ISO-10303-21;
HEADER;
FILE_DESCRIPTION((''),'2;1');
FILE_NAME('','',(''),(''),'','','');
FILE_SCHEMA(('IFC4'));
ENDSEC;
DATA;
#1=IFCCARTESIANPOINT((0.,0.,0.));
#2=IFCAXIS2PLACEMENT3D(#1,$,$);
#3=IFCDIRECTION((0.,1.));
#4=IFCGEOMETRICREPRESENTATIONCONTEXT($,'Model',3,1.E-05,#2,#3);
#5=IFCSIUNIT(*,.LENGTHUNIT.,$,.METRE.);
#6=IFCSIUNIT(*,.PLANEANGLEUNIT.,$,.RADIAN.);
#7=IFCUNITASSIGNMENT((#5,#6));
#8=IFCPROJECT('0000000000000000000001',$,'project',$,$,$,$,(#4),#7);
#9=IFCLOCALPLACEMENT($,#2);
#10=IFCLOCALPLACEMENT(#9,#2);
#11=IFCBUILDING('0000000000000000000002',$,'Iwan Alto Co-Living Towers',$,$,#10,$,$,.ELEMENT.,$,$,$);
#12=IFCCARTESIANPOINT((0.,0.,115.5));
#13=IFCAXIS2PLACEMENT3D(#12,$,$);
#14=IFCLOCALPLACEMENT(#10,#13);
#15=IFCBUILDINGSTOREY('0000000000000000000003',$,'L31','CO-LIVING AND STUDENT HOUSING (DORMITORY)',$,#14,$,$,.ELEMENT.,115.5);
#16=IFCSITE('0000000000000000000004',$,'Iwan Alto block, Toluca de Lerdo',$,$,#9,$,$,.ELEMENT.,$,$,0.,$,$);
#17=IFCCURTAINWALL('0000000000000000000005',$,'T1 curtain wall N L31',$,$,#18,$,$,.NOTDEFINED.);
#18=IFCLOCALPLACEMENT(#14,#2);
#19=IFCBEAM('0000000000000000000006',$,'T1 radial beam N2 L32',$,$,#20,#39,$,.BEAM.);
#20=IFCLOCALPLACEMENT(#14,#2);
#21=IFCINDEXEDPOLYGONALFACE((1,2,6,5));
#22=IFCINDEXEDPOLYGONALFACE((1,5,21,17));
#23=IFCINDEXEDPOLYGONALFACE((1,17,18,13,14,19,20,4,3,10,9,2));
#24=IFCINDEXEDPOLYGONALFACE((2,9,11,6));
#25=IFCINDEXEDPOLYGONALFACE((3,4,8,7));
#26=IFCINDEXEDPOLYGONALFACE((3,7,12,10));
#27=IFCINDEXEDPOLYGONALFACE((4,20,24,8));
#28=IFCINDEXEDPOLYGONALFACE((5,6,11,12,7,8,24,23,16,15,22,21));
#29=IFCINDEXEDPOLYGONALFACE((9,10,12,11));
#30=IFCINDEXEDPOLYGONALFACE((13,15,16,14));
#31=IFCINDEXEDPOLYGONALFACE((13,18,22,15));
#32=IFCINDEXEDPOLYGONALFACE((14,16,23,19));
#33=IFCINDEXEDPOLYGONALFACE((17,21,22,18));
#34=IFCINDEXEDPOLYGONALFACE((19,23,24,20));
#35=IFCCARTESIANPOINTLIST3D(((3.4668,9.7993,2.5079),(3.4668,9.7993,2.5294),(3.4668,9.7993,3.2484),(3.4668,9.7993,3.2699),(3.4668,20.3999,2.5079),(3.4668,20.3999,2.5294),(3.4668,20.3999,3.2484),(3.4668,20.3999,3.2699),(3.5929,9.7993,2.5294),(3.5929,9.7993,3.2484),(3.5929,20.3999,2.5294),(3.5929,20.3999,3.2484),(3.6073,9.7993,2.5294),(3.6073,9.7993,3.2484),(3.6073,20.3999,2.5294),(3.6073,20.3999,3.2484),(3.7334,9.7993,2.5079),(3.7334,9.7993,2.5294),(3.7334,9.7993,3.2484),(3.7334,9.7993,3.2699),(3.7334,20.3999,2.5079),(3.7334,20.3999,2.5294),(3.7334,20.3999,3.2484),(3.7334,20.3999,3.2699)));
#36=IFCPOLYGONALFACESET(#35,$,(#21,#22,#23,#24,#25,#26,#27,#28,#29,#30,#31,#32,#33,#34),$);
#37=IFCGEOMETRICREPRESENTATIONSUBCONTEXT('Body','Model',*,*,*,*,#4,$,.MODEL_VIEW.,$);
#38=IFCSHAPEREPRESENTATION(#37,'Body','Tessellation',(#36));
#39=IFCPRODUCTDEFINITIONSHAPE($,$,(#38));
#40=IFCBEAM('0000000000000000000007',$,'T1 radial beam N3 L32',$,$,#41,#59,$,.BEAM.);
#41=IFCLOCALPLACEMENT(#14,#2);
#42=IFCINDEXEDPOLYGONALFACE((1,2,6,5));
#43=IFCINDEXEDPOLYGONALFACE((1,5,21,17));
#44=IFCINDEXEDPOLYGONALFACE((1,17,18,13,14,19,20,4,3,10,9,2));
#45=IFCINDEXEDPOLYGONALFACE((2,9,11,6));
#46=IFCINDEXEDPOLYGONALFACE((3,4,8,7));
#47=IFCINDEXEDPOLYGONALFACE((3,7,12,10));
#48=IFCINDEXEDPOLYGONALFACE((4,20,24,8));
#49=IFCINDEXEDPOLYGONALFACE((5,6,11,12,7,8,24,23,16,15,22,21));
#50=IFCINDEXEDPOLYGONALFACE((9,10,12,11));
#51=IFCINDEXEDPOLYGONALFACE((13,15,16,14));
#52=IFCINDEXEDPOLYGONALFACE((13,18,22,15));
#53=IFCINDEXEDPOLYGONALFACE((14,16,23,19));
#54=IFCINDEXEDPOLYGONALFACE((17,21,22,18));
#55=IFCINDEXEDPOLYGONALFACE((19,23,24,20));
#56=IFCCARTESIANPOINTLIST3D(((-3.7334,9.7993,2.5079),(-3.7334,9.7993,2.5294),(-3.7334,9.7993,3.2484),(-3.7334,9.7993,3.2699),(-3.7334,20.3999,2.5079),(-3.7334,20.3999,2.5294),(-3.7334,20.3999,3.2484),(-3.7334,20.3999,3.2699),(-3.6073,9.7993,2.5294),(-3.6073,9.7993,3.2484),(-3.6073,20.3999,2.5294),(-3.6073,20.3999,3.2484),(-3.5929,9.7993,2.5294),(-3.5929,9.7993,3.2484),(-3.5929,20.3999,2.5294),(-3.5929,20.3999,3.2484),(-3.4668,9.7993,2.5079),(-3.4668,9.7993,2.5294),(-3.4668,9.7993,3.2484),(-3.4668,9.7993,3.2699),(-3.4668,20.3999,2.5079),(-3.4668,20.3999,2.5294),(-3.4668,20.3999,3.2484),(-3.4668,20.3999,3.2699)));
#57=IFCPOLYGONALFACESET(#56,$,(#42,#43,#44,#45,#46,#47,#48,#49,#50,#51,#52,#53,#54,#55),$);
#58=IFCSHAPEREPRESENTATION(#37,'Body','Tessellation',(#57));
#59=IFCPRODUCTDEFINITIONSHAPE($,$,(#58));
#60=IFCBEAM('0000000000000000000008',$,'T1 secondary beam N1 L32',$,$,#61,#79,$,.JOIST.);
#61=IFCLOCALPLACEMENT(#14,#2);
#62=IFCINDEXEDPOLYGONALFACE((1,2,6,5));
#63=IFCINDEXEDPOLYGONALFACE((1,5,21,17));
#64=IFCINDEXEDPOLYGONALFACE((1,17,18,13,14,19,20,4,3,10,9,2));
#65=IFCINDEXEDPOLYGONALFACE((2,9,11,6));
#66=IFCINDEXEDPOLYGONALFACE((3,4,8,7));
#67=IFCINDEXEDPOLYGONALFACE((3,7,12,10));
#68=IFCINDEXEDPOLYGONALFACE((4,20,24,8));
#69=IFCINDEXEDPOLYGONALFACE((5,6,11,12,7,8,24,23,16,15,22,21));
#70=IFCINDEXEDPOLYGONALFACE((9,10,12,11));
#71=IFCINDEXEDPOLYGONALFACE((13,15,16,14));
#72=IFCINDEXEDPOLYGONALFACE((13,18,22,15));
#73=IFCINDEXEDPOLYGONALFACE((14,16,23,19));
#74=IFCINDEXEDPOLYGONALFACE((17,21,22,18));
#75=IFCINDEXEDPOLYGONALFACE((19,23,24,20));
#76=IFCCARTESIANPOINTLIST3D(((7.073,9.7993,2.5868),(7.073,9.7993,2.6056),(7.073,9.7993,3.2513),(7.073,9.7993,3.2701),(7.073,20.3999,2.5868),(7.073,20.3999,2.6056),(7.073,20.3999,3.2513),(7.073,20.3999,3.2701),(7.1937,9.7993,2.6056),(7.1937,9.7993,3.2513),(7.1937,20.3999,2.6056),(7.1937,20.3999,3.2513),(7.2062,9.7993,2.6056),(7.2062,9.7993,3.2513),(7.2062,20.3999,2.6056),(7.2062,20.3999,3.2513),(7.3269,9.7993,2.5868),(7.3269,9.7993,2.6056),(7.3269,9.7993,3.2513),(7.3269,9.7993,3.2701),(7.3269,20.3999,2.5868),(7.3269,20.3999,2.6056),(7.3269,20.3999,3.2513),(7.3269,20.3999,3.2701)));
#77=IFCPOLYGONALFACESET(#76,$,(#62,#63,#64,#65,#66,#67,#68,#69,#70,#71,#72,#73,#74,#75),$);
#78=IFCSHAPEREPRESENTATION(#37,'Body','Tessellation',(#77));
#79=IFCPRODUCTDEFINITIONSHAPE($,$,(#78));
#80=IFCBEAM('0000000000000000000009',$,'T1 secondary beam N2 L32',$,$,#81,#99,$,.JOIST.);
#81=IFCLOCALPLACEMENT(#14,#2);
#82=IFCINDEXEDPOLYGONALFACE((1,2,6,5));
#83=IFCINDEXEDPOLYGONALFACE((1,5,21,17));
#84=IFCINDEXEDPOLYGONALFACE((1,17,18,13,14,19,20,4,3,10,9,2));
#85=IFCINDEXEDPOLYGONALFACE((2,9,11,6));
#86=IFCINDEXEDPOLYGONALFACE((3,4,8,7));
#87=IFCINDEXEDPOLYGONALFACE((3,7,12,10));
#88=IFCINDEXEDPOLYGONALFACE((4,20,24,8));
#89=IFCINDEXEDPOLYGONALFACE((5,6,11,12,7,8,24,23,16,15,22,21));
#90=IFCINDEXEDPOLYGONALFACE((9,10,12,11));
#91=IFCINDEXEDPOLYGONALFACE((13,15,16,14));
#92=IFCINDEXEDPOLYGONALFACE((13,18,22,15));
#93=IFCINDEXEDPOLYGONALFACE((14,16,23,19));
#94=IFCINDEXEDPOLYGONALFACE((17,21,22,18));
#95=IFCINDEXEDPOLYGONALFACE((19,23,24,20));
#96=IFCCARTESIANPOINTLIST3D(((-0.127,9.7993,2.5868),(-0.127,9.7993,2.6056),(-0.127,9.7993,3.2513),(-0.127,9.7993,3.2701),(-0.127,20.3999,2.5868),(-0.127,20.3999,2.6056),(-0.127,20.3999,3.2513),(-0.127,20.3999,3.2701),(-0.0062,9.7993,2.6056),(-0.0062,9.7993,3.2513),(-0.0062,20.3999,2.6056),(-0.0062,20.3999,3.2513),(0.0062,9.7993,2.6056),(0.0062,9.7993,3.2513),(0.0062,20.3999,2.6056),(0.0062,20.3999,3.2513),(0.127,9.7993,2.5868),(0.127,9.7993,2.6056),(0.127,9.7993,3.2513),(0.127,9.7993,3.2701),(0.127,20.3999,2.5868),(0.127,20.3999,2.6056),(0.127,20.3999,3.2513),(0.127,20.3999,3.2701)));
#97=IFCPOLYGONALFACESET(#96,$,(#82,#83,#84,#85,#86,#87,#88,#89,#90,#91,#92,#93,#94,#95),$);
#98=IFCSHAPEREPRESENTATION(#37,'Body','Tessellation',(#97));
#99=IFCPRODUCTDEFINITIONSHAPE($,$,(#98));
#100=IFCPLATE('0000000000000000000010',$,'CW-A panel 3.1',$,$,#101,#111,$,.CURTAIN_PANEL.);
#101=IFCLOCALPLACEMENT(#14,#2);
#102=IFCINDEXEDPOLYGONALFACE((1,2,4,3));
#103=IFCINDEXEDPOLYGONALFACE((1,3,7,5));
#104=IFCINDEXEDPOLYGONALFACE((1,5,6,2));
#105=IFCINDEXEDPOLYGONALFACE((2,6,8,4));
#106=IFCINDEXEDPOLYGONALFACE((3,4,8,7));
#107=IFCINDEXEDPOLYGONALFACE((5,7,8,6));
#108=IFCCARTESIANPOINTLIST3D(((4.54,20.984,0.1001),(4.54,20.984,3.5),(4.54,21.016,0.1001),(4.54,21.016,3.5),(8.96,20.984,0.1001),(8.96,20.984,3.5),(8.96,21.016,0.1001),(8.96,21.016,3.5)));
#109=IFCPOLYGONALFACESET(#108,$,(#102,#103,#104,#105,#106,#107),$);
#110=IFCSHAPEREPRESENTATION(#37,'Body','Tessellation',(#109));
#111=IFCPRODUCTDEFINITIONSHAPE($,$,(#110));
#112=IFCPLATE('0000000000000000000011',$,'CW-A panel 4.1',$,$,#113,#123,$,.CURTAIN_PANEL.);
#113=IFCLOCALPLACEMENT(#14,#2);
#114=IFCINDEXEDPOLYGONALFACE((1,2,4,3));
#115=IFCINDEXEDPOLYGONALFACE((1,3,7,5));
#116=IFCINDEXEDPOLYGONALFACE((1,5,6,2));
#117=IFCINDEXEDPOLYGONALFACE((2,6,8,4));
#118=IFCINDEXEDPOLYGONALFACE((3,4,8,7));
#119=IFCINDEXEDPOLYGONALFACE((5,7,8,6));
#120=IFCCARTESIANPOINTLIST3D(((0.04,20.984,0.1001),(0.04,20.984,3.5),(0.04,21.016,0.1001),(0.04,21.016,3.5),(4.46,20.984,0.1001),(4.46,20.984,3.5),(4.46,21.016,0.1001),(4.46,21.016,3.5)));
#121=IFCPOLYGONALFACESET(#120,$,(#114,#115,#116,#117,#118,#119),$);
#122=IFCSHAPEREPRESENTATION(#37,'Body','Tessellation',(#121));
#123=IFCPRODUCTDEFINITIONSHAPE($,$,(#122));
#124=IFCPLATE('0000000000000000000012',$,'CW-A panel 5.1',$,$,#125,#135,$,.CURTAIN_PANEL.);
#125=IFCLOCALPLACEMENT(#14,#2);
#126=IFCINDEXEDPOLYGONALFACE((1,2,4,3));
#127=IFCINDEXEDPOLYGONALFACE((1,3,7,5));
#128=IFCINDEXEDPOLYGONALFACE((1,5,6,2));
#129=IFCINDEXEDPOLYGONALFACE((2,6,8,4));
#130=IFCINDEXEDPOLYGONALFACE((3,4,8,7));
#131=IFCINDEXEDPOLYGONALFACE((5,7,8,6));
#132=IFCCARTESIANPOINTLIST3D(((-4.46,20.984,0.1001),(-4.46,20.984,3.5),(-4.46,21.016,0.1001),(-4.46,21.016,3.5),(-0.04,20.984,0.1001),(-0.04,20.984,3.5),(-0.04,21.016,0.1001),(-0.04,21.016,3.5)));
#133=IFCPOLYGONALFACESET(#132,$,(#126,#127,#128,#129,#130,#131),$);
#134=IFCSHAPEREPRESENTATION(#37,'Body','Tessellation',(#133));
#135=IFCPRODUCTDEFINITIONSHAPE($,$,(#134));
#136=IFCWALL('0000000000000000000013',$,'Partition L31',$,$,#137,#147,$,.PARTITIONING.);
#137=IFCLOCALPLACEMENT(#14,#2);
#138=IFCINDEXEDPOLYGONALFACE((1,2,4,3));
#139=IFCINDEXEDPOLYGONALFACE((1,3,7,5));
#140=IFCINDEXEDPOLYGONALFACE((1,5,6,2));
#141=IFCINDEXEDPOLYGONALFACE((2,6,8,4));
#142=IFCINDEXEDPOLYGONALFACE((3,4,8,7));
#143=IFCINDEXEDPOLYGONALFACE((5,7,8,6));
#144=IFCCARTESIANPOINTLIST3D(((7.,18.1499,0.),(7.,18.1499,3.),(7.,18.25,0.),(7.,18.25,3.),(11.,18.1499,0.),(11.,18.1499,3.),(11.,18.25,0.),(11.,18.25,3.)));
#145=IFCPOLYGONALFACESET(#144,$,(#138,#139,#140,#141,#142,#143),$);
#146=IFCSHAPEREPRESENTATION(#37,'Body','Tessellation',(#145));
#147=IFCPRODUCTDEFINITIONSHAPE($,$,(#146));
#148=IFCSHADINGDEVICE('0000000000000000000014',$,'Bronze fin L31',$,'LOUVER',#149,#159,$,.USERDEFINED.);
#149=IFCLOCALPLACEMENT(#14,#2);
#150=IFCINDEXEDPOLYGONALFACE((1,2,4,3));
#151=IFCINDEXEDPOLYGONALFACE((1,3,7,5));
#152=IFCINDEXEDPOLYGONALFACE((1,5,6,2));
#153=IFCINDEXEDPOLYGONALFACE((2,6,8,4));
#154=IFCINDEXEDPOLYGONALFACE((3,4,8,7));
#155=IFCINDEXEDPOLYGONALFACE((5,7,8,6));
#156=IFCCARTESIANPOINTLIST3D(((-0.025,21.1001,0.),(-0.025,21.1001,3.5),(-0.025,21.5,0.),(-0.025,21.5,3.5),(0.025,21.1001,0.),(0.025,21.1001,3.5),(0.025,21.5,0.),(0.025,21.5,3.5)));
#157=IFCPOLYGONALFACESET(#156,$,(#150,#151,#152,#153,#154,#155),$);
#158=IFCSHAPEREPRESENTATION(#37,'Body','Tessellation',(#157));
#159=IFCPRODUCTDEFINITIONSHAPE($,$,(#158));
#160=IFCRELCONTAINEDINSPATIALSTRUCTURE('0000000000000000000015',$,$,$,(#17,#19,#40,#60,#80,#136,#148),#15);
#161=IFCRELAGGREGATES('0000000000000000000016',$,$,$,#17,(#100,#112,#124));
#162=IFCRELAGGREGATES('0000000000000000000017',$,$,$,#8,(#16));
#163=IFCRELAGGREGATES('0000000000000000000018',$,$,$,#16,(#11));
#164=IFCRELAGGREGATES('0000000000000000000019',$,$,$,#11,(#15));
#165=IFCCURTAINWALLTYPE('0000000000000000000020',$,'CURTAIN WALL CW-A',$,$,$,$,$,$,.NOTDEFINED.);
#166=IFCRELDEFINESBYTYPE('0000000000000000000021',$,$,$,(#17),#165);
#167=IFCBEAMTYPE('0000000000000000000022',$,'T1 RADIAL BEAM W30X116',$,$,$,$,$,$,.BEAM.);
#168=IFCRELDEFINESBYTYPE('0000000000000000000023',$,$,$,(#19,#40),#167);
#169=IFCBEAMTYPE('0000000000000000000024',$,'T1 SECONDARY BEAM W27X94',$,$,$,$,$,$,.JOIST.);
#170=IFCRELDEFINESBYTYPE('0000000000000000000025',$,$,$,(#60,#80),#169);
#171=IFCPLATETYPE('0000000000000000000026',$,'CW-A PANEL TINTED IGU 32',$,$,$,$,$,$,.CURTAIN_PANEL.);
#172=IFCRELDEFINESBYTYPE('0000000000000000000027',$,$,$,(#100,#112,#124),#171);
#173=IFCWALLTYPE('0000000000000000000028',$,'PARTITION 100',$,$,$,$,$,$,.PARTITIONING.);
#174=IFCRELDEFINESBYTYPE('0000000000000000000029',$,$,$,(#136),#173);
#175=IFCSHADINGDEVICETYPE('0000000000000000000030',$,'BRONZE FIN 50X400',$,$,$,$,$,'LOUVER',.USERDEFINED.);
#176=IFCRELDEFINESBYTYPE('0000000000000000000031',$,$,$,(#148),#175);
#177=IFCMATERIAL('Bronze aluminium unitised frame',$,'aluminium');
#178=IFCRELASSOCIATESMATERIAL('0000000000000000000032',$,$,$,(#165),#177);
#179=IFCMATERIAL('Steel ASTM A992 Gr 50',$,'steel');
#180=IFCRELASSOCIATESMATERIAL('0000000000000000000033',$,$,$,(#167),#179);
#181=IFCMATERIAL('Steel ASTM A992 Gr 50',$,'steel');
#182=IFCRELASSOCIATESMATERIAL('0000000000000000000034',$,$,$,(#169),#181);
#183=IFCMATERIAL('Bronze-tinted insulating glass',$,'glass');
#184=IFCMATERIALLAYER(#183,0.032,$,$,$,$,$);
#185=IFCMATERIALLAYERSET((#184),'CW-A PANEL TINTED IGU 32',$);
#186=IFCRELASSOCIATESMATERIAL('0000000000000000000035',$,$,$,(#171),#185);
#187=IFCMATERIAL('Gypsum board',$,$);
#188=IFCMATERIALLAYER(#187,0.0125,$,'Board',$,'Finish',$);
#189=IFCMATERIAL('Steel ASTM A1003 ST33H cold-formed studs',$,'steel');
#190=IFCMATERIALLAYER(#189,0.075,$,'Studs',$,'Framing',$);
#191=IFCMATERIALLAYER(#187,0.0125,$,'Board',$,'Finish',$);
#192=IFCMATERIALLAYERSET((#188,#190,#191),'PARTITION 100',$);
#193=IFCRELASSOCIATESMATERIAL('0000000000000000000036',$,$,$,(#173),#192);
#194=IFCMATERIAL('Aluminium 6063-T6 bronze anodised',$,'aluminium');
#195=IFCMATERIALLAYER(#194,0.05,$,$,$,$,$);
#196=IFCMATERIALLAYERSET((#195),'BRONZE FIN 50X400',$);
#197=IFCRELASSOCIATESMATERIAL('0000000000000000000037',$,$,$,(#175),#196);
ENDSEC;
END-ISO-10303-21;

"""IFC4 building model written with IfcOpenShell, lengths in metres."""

from ifc_helpers import new_model, si_unit, direction, frame, frame_2d, origin, origin_2d, place, context, subcontext, project, spatial, rectangle, i_section, extrude, material, layer, layer_set, material_profile, profile_set, type_object, element, aggregate, save


model = new_model("IFC4")

# Units and contexts
model_context = context("Model", 3, precision=1e-05, world=origin(), true_north=direction((0.0, 1.0)))
body_context = subcontext(model_context, "Body", "Model", "MODEL_VIEW")
ifc_project = project(units=[si_unit("LENGTHUNIT", "METRE"), si_unit("PLANEANGLEUNIT", "RADIAN")], contexts=[model_context])

# Site, building, storey
site_placement = place(None, origin())
site = spatial("IfcSite", under=ifc_project, at=site_placement, Name="Iwan Alto block, Toluca de Lerdo", CompositionType="ELEMENT", RefElevation=0.0)
building_placement = place(site_placement, origin())
building = spatial("IfcBuilding", under=site, at=building_placement, Name="Iwan Alto Co-Living Towers", CompositionType="ELEMENT")
storey_placement = place(building_placement, frame((0.0, 0.0, 115.5)))
storey = spatial("IfcBuildingStorey", under=building, at=storey_placement, Name="L31", Description="CO-LIVING AND STUDENT HOUSING (DORMITORY)", CompositionType="ELEMENT", Elevation=115.5)

# Curtain wall
ifc_material_1 = material(Name="Bronze aluminium unitised frame", Category="aluminium")
curtain_wall_type = type_object("IfcCurtainWallType", Name="CURTAIN WALL CW-A", PredefinedType="NOTDEFINED", material=ifc_material_1)
curtain_wall_placement = place(storey_placement, origin())
curtain_wall = element("IfcCurtainWall", 1, at=curtain_wall_placement, inside=storey, type_object=curtain_wall_type, Name="T1 curtain wall N L31", PredefinedType="NOTDEFINED")

# Beams
ifc_material_2 = material(Name="Steel ASTM A992 Gr 50", Category="steel")
ifc_material_profile_1 = material_profile(ifc_material_2, i_section(OverallWidth=0.2666, OverallDepth=0.762, WebThickness=0.0144, FlangeThickness=0.0215, at=origin_2d()), Name="W30X116")
ifc_profile_set_1 = profile_set([ifc_material_profile_1], Name="Steel ASTM A992 Gr 50")
beam_type_1 = type_object("IfcBeamType", Name="T1 RADIAL BEAM W30X116", PredefinedType="BEAM", material=ifc_profile_set_1)
for number, where, z_axis, x_axis, name in (
    (2, (3.6001, 20.3999, 2.8889), (0.0, -1.0, 0.0), (1.0, 0.0, 0.0), "T1 radial beam N2 L32"),
    (3, (-3.6001, 20.3999, 2.8889), (0.0, -1.0, 0.0), (1.0, 0.0, 0.0), "T1 radial beam N3 L32"),
):
    element("IfcBeam", number, at=place(storey_placement, frame(where, z_axis=z_axis, x_axis=x_axis)), inside=storey, type_object=beam_type_1, Name=name, PredefinedType="BEAM", context=body_context, shape_type="SweptSolid", body=[
        extrude(i_section(OverallWidth=0.2666, OverallDepth=0.762, WebThickness=0.0144, FlangeThickness=0.0215, at=origin_2d()), origin(), (0.0, 0.0, 1.0), 10.6006),
    ])
ifc_material_3 = material(Name="Steel ASTM A992 Gr 50", Category="steel")
ifc_material_profile_2 = material_profile(ifc_material_3, i_section(OverallWidth=0.2539, OverallDepth=0.6833, WebThickness=0.0125, FlangeThickness=0.0188, at=origin_2d()), Name="W27X94")
ifc_profile_set_2 = profile_set([ifc_material_profile_2], Name="Steel ASTM A992 Gr 50")
beam_type_2 = type_object("IfcBeamType", Name="T1 SECONDARY BEAM W27X94", PredefinedType="JOIST", material=ifc_profile_set_2)
for number, where, z_axis, x_axis, name in (
    (4, (7.2, 20.3999, 2.9285), (0.0, -1.0, 0.0), (1.0, 0.0, 0.0), "T1 secondary beam N1 L32"),
    (5, (0.0, 20.3999, 2.9285), (0.0, -1.0, 0.0), (1.0, 0.0, 0.0), "T1 secondary beam N2 L32"),
):
    element("IfcBeam", number, at=place(storey_placement, frame(where, z_axis=z_axis, x_axis=x_axis)), inside=storey, type_object=beam_type_2, Name=name, PredefinedType="JOIST", context=body_context, shape_type="SweptSolid", body=[
        extrude(i_section(OverallWidth=0.2539, OverallDepth=0.6833, WebThickness=0.0125, FlangeThickness=0.0188, at=origin_2d()), origin(), (0.0, 0.0, 1.0), 10.6006),
    ])

# Plates
ifc_material_4 = material(Name="Bronze-tinted insulating glass", Category="glass")
ifc_layer_1 = layer(ifc_material_4, 0.032)
ifc_layer_set_1 = layer_set([ifc_layer_1], Name="CW-A PANEL TINTED IGU 32")
plate_type = type_object("IfcPlateType", Name="CW-A PANEL TINTED IGU 32", PredefinedType="CURTAIN_PANEL", material=ifc_layer_set_1)
plate_1_placement = place(storey_placement, frame((6.75, 21.0, 0.1001), z_axis=(0.0, 0.0, 1.0), x_axis=(-1.0, 0.0, 0.0)))
plate_1 = element("IfcPlate", 6, at=plate_1_placement, type_object=plate_type, Name="CW-A panel 3.1", PredefinedType="CURTAIN_PANEL", context=body_context, shape_type="SweptSolid", body=[
    extrude(rectangle(XDim=4.4199, YDim=0.032, at=origin_2d()), origin(), (0.0, 0.0, 1.0), 3.3999),
])
plate_2_placement = place(storey_placement, frame((2.25, 21.0, 0.1001), z_axis=(0.0, 0.0, 1.0), x_axis=(-1.0, 0.0, 0.0)))
plate_2 = element("IfcPlate", 7, at=plate_2_placement, type_object=plate_type, Name="CW-A panel 4.1", PredefinedType="CURTAIN_PANEL", context=body_context, shape_type="SweptSolid", body=[
    extrude(rectangle(XDim=4.4199, YDim=0.032, at=origin_2d()), origin(), (0.0, 0.0, 1.0), 3.3999),
])
plate_3_placement = place(storey_placement, frame((-2.25, 21.0, 0.1001), z_axis=(0.0, 0.0, 1.0), x_axis=(-1.0, 0.0, 0.0)))
plate_3 = element("IfcPlate", 8, at=plate_3_placement, type_object=plate_type, Name="CW-A panel 5.1", PredefinedType="CURTAIN_PANEL", context=body_context, shape_type="SweptSolid", body=[
    extrude(rectangle(XDim=4.4199, YDim=0.032, at=origin_2d()), origin(), (0.0, 0.0, 1.0), 3.3999),
])
aggregate(curtain_wall, [plate_1, plate_2, plate_3])

# Wall
ifc_material_5 = material(Name="Gypsum board")
ifc_layer_2 = layer(ifc_material_5, 0.0125, Name="Board", Category="Finish")
ifc_material_6 = material(Name="Steel ASTM A1003 ST33H cold-formed studs", Category="steel")
ifc_layer_3 = layer(ifc_material_6, 0.075, Name="Studs", Category="Framing")
ifc_layer_4 = layer(ifc_material_5, 0.0125, Name="Board", Category="Finish")
ifc_layer_set_2 = layer_set([ifc_layer_2, ifc_layer_3, ifc_layer_4], Name="PARTITION 100")
wall_type = type_object("IfcWallType", Name="PARTITION 100", PredefinedType="PARTITIONING", material=ifc_layer_set_2)
wall_placement = place(storey_placement, frame((7.0, 18.2, 0.0), z_axis=(0.0, 0.0, 1.0), x_axis=(1.0, 0.0, 0.0)))
element("IfcWall", 9, at=wall_placement, inside=storey, type_object=wall_type, Name="Partition L31", PredefinedType="PARTITIONING", context=body_context, shape_type="SweptSolid", body=[
    extrude(rectangle(XDim=4.0, YDim=0.1001, at=frame_2d((2.0, 0.0))), origin(), (0.0, 0.0, 1.0), 3.0),
])

# Shading device
ifc_material_7 = material(Name="Aluminium 6063-T6 bronze anodised", Category="aluminium")
ifc_layer_5 = layer(ifc_material_7, 0.05)
ifc_layer_set_3 = layer_set([ifc_layer_5], Name="BRONZE FIN 50X400")
shading_device_type = type_object("IfcShadingDeviceType", Name="BRONZE FIN 50X400", ElementType="LOUVER", PredefinedType="USERDEFINED", material=ifc_layer_set_3)
shading_device_placement = place(storey_placement, frame((0.0, 21.3, 0.0), z_axis=(0.0, 0.0, 1.0), x_axis=(-1.0, 0.0, 0.0)))
element("IfcShadingDevice", 10, at=shading_device_placement, inside=storey, type_object=shading_device_type, Name="Bronze fin L31", ObjectType="LOUVER", PredefinedType="USERDEFINED", context=body_context, shape_type="SweptSolid", body=[
    extrude(rectangle(XDim=0.05, YDim=0.3999, at=origin_2d()), origin(), (0.0, 0.0, 1.0), 3.5),
])

save(model, "model.ifc")
